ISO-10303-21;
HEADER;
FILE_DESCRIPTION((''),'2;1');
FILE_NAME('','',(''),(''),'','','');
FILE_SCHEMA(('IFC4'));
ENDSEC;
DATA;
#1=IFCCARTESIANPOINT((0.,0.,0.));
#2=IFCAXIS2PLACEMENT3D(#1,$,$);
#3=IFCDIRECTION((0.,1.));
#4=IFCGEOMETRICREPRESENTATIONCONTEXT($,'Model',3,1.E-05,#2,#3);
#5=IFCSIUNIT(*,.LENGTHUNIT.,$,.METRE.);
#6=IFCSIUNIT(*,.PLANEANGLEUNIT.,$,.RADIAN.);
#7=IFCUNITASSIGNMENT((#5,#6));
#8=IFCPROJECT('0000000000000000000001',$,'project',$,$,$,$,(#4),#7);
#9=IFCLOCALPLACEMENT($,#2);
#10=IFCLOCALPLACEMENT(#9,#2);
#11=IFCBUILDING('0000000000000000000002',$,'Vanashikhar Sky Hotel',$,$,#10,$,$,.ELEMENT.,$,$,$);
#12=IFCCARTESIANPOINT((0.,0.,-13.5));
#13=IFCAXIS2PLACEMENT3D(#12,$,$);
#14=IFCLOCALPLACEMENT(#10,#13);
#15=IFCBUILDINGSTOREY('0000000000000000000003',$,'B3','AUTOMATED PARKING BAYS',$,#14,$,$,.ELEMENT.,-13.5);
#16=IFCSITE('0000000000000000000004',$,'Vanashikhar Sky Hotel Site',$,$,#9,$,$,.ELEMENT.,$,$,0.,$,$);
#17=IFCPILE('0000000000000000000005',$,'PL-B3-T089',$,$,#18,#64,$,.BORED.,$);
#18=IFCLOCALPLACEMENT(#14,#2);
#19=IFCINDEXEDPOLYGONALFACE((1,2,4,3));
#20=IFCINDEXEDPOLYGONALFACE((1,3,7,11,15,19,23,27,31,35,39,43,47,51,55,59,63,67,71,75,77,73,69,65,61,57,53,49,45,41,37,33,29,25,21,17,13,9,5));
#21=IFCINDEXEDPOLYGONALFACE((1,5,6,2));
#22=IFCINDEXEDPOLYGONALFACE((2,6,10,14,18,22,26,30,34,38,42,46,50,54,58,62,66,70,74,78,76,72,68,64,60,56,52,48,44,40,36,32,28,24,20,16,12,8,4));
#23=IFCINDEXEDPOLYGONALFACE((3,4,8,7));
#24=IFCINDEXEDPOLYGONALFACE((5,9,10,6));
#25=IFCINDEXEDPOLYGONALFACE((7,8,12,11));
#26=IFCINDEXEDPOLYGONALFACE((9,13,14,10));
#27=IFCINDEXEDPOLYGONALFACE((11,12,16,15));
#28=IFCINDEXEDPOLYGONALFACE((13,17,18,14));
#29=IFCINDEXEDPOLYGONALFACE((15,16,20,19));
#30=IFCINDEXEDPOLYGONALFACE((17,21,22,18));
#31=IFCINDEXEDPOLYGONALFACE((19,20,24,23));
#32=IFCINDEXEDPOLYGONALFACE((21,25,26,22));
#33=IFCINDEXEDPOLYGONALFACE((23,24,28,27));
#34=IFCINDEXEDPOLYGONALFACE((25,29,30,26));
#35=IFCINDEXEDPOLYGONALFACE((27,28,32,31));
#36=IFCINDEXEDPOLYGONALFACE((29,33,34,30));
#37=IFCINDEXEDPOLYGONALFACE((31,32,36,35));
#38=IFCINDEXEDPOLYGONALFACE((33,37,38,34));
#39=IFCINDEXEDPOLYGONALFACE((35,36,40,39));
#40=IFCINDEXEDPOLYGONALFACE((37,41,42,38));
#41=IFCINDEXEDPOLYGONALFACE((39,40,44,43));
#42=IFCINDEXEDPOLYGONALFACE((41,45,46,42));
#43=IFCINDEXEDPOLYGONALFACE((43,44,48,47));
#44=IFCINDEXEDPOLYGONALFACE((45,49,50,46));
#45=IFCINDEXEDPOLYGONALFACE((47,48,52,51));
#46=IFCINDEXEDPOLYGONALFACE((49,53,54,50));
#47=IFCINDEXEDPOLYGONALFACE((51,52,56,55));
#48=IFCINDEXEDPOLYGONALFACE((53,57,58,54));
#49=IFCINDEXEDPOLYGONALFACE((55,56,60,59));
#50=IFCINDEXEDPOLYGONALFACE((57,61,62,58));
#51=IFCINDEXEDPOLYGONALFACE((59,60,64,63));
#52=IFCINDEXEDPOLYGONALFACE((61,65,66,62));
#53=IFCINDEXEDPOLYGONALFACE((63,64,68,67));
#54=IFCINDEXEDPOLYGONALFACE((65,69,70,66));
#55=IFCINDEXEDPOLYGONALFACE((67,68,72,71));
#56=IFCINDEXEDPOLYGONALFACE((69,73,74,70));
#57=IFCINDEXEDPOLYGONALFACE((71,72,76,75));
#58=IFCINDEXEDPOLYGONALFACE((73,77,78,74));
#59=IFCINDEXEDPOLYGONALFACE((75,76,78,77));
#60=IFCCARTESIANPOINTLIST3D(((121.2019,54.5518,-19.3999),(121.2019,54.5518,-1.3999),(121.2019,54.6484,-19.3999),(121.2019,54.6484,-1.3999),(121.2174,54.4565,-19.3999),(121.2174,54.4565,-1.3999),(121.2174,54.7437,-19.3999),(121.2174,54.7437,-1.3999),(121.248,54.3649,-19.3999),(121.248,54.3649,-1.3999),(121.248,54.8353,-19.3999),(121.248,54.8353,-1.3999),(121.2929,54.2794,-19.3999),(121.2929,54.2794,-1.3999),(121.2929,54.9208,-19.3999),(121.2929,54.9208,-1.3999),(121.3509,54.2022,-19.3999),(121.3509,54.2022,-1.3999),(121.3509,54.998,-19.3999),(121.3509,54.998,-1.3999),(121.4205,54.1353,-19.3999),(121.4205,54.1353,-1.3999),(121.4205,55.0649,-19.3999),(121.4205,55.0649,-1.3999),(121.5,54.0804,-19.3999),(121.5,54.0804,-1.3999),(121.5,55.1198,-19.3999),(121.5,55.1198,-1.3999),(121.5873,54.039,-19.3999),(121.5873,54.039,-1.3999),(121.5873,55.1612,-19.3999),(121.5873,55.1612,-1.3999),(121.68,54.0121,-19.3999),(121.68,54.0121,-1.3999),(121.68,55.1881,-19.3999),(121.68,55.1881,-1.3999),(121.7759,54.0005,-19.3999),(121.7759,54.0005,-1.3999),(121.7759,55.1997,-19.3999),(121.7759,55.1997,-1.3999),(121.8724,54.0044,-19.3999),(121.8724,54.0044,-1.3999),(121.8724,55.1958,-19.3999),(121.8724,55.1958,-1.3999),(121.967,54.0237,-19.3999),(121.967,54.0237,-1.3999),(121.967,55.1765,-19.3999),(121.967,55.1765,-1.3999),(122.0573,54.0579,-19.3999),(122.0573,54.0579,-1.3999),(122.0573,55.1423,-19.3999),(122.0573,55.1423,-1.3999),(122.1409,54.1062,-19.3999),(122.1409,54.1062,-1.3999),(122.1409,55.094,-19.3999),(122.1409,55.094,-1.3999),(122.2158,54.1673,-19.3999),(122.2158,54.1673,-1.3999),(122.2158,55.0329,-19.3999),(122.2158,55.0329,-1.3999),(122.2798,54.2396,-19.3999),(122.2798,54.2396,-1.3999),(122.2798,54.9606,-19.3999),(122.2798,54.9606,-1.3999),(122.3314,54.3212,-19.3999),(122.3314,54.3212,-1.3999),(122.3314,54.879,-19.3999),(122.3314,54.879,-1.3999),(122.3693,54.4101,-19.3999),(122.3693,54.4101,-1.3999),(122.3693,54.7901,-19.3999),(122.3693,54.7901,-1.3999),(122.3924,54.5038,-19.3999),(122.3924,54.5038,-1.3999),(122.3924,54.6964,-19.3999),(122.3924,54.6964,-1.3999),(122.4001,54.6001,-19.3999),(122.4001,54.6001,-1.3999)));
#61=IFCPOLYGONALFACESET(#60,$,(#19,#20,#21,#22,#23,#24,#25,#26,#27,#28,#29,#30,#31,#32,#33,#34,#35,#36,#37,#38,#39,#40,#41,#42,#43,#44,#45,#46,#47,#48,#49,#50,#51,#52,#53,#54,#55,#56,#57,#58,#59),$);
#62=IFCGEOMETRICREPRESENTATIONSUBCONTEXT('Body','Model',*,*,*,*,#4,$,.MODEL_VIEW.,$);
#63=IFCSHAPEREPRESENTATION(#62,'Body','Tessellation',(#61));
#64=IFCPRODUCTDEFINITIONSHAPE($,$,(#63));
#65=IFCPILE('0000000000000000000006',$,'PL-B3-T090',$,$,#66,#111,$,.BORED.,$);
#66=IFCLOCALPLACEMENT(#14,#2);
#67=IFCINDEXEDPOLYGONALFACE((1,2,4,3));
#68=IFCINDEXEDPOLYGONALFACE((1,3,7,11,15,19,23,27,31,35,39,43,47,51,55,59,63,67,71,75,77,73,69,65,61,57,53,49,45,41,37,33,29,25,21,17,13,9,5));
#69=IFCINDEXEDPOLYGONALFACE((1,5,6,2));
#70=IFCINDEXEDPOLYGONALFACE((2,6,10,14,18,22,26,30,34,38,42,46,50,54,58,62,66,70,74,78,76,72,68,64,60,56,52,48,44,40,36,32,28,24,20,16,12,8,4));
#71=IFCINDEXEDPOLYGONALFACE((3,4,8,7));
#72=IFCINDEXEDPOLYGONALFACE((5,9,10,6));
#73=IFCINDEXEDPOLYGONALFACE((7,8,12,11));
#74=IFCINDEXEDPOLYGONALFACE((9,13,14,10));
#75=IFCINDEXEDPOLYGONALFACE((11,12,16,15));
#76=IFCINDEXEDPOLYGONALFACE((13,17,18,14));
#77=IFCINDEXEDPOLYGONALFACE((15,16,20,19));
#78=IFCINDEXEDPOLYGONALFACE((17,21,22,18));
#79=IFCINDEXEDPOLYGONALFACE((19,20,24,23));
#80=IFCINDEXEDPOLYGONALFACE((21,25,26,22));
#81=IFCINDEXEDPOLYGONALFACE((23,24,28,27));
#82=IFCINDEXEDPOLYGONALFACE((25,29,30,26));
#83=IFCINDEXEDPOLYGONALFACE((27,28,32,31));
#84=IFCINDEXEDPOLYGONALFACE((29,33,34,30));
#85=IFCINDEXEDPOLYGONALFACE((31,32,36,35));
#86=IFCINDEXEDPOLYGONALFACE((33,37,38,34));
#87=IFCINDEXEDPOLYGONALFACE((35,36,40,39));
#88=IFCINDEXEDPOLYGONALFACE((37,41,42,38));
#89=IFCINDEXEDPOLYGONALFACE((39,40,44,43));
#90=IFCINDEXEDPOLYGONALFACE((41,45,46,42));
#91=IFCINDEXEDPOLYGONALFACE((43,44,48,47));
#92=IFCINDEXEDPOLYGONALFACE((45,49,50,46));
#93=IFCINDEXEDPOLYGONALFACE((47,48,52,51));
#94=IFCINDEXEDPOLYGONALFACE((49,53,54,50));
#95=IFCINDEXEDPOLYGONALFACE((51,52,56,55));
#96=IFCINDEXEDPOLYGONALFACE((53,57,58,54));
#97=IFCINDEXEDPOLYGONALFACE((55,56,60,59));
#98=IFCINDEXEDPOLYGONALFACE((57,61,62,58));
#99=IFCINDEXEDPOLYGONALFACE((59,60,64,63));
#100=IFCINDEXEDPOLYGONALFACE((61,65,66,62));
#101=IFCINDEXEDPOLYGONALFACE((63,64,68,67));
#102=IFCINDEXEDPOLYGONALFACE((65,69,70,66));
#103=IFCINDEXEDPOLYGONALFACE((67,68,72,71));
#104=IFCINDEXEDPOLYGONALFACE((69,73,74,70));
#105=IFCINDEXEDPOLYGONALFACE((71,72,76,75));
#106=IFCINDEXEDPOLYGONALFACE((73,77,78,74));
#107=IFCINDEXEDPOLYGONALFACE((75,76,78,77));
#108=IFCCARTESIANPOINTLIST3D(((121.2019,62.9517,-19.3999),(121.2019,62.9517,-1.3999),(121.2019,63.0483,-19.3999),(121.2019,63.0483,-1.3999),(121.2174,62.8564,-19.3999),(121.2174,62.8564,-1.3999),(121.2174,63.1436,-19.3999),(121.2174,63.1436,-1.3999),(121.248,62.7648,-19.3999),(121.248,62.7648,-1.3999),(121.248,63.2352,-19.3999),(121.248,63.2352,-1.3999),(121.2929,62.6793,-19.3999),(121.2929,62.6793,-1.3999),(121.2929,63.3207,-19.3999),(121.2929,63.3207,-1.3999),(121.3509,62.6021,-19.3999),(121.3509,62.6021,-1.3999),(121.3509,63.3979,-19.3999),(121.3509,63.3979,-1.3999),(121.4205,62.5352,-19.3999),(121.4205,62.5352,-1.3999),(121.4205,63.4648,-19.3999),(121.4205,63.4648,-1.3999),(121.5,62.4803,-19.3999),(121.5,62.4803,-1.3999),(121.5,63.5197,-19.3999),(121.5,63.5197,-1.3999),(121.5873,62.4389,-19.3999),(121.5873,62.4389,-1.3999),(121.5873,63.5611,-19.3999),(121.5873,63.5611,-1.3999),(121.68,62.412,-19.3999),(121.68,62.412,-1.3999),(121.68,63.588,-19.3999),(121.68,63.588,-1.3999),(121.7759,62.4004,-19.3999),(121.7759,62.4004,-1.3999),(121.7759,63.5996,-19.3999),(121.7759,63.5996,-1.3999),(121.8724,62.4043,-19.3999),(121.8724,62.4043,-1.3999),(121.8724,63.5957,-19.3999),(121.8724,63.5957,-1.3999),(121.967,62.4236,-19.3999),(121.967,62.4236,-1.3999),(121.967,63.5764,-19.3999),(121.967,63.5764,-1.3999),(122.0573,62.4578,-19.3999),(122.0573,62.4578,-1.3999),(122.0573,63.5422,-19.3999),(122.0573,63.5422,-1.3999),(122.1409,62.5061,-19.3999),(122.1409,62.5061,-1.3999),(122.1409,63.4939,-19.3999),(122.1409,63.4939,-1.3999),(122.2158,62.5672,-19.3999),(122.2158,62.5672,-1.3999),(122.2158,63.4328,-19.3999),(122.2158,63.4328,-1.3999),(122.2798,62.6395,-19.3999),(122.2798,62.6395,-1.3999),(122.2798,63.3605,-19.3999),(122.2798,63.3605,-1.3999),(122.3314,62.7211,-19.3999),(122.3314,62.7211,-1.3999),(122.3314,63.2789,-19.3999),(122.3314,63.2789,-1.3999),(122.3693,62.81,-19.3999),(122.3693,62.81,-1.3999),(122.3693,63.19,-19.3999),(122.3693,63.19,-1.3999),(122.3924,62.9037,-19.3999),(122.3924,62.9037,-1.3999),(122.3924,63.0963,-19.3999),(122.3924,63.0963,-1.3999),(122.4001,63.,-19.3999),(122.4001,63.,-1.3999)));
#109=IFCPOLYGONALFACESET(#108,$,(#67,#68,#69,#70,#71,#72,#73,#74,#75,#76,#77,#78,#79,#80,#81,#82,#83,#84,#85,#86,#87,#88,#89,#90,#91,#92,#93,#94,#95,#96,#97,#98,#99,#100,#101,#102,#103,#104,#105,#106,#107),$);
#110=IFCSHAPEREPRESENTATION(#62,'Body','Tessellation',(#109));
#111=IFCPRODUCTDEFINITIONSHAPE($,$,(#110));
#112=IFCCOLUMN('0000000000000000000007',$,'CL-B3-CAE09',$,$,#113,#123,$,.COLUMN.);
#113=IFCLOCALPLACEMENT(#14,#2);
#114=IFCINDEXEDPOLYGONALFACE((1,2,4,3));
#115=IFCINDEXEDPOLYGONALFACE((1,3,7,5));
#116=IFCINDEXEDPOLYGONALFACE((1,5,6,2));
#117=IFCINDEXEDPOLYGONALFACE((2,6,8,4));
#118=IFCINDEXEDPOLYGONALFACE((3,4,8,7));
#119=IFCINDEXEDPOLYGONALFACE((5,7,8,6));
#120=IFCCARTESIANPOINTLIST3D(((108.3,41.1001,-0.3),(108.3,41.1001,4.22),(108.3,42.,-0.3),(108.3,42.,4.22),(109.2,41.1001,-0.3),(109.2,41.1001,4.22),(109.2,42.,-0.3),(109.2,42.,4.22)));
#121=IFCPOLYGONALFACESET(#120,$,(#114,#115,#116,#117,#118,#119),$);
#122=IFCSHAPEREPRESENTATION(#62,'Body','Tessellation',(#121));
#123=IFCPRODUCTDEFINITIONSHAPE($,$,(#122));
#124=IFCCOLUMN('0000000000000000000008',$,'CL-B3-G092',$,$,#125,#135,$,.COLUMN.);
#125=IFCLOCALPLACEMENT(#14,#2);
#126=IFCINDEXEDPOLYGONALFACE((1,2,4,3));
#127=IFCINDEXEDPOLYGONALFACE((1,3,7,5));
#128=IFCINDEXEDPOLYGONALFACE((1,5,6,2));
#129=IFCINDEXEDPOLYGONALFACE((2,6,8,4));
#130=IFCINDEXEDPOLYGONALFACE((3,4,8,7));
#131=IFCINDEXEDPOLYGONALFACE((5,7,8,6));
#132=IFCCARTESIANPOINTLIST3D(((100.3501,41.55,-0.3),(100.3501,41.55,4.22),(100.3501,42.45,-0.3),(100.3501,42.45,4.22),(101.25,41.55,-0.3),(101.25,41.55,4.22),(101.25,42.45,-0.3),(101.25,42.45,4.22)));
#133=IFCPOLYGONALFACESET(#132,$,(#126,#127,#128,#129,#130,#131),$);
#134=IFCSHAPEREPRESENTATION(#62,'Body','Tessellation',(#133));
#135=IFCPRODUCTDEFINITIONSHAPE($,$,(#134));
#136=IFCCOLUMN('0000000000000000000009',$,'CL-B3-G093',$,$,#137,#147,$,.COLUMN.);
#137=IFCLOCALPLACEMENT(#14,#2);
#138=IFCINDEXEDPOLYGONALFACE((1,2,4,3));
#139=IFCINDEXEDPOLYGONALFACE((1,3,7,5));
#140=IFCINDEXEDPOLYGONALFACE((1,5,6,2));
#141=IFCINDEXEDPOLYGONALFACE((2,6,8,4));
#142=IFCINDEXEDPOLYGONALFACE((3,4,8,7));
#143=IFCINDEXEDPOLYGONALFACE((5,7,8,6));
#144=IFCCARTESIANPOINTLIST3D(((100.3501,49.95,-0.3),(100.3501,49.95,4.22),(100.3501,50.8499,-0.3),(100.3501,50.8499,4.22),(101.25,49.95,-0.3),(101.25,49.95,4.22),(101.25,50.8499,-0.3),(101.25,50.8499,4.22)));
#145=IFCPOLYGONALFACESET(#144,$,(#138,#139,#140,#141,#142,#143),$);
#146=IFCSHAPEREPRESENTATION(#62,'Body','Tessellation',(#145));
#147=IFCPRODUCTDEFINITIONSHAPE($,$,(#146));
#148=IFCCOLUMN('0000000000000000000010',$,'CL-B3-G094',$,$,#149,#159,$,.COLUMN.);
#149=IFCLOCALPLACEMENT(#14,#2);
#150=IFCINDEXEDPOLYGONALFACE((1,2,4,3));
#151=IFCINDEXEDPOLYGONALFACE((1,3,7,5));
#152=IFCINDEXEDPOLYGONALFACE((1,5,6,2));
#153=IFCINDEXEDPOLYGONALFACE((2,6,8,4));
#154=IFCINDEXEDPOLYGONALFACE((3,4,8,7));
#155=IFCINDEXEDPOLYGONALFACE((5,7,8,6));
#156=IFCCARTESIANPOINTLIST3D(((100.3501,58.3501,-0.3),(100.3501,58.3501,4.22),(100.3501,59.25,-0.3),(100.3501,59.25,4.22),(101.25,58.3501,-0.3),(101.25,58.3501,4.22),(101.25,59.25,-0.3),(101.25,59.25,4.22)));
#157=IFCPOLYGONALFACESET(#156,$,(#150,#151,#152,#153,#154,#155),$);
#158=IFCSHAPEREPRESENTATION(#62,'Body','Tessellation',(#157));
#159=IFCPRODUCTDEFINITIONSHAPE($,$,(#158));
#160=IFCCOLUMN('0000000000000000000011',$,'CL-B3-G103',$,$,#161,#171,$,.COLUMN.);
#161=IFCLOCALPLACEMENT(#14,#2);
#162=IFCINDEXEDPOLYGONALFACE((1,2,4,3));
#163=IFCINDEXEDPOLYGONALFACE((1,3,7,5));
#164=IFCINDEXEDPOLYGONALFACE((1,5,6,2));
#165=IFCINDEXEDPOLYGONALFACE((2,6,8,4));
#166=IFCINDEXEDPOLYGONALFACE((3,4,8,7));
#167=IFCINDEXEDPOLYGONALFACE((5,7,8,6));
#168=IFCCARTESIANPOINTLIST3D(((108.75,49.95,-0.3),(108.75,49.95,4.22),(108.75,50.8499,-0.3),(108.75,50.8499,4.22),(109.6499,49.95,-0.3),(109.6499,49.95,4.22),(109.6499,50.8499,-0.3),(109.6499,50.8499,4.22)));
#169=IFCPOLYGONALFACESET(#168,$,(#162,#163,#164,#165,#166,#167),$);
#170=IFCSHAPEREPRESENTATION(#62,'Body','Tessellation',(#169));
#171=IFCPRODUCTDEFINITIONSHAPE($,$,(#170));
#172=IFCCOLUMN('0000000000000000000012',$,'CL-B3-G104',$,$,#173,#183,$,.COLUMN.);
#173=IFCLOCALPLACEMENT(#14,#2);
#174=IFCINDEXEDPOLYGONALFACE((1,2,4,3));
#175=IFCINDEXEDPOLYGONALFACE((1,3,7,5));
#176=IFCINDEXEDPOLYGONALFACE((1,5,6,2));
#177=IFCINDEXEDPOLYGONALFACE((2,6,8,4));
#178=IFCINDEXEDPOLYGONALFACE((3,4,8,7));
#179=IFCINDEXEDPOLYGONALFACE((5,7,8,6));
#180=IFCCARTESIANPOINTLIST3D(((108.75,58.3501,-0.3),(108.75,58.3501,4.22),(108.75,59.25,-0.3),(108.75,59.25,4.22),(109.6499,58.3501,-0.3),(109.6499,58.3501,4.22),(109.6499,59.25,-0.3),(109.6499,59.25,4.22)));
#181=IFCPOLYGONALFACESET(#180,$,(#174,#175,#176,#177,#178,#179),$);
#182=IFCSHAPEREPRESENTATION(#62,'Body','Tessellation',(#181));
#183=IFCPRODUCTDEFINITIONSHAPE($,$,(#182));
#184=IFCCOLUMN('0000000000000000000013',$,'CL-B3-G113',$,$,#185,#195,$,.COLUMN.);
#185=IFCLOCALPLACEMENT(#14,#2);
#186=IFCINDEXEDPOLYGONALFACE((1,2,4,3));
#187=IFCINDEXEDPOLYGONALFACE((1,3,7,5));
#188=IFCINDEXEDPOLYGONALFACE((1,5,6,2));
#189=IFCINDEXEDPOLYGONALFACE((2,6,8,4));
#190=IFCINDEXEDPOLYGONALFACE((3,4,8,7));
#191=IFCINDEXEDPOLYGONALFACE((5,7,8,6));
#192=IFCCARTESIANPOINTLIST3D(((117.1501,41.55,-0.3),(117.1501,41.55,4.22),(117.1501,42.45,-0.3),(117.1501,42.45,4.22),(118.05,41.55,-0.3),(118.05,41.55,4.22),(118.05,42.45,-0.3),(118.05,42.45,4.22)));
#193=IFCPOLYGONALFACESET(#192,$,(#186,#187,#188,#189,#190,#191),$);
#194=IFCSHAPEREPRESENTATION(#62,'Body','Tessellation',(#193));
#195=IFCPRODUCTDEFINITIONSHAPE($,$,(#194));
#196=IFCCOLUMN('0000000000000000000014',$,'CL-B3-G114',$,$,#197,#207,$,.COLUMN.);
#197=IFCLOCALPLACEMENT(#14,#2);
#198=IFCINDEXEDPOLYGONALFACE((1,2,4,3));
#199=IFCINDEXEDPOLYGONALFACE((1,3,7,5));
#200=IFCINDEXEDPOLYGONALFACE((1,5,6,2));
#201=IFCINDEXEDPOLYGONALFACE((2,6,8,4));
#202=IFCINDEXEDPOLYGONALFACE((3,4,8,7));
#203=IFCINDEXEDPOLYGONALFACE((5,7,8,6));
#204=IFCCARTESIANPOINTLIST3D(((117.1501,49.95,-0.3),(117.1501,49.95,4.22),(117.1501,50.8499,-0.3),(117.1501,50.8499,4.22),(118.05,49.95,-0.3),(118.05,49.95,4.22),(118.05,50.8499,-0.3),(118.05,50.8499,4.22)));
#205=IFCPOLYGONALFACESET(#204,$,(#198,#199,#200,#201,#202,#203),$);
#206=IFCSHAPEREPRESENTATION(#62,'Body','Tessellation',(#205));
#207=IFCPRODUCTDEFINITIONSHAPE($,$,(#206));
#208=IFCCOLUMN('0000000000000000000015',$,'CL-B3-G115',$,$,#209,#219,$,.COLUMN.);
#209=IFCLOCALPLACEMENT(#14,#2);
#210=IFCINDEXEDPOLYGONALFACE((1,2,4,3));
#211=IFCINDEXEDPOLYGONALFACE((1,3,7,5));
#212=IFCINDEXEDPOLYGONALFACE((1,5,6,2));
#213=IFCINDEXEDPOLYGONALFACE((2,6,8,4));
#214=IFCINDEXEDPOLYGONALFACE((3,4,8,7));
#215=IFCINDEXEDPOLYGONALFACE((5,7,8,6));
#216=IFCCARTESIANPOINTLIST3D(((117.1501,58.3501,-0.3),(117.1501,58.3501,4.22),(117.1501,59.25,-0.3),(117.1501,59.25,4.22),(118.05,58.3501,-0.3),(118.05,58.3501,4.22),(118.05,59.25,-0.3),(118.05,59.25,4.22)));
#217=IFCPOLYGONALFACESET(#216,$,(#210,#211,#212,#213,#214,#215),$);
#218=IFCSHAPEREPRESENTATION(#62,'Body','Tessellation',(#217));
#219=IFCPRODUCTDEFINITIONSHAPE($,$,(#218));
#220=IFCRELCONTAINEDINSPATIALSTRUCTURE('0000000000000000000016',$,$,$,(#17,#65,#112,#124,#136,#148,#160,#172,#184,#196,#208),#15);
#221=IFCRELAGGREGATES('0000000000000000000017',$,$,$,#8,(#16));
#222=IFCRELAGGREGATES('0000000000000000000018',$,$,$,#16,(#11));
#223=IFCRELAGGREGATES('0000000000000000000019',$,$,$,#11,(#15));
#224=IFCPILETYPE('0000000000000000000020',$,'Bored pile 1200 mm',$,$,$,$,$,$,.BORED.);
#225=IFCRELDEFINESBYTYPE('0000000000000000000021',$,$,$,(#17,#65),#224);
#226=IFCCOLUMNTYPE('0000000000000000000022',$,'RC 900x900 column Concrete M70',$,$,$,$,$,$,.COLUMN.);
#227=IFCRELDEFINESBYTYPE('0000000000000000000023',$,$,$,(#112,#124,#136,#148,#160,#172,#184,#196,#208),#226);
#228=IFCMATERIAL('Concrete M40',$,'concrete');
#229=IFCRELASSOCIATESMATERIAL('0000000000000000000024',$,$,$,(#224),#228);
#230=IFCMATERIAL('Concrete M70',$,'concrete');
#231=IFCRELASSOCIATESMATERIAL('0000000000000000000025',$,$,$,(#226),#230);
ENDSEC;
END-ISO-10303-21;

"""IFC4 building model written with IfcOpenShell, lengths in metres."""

from ifc_helpers import new_model, si_unit, direction, frame, origin, origin_2d, place, context, subcontext, project, spatial, rectangle, circle, extrude, source, transform, mapped, material, material_profile, profile_set, type_object, element, save


model = new_model("IFC4")

# Units and contexts
model_context = context("Model", 3, precision=1e-05, world=origin(), true_north=direction((0.0, 1.0)))
body_context = subcontext(model_context, "Body", "Model", "MODEL_VIEW")
ifc_project = project(units=[si_unit("LENGTHUNIT", "METRE"), si_unit("PLANEANGLEUNIT", "RADIAN")], contexts=[model_context])

# Site, building, storey
site_placement = place(None, origin())
site = spatial("IfcSite", under=ifc_project, at=site_placement, Name="Vanashikhar Sky Hotel Site", CompositionType="ELEMENT", RefElevation=0.0)
building_placement = place(site_placement, origin())
building = spatial("IfcBuilding", under=site, at=building_placement, Name="Vanashikhar Sky Hotel", CompositionType="ELEMENT")
storey_placement = place(building_placement, frame((0.0, 0.0, -13.5)))
storey = spatial("IfcBuildingStorey", under=building, at=storey_placement, Name="B3", Description="AUTOMATED PARKING BAYS", CompositionType="ELEMENT", Elevation=-13.5)

# Piles
ifc_material_1 = material(Name="Concrete M40", Category="concrete")
pile_type_1 = type_object("IfcPileType", Name="Bored pile 1200 mm", PredefinedType="BORED", material=ifc_material_1)
shared_shape_1 = source(origin(), body_context, "Body", "SweptSolid", [
    extrude(circle(Radius=0.6001, at=origin_2d()), origin(), (0.0, 0.0, 1.0), 18.0),
])
for number, where, z_axis, x_axis, name in (
    (1, (121.8, 54.6001, -1.3999), (0.0, 0.0, -1.0), (1.0, 0.0, 0.0), "PL-B3-T089"),
    (2, (121.8, 63.0, -1.3999), (0.0, 0.0, -1.0), (1.0, 0.0, 0.0), "PL-B3-T090"),
):
    element("IfcPile", number, at=place(storey_placement, frame(where, z_axis=z_axis, x_axis=x_axis)), inside=storey, type_object=pile_type_1, Name=name, PredefinedType="BORED", context=body_context, shape_type="MappedRepresentation", body=[
        mapped(shared_shape_1, transform((0.0, 0.0, 0.0), scale=1.0)),
    ])

# Columns
ifc_material_2 = material(Name="Concrete M70", Category="concrete")
ifc_material_profile = material_profile(ifc_material_2, rectangle(XDim=0.8999, YDim=0.8999, at=origin_2d()))
ifc_profile_set = profile_set([ifc_material_profile], Name="RC 900x900 column Concrete M70")
column_type = type_object("IfcColumnType", Name="RC 900x900 column Concrete M70", PredefinedType="COLUMN", material=ifc_profile_set)
shared_shape_2 = source(origin(), body_context, "Body", "SweptSolid", [
    extrude(rectangle(XDim=0.8999, YDim=0.8999, at=origin_2d()), origin(), (0.0, 0.0, 1.0), 4.52),
])
for number, where, z_axis, x_axis, name in (
    (3, (108.75, 41.55, -0.3), (0.0, 0.0, 1.0), (1.0, 0.0, 0.0), "CL-B3-CAE09"),
    (4, (100.8, 42.0, -0.3), (0.0, 0.0, 1.0), (1.0, 0.0, 0.0), "CL-B3-G092"),
    (5, (100.8, 50.3999, -0.3), (0.0, 0.0, 1.0), (1.0, 0.0, 0.0), "CL-B3-G093"),
    (6, (100.8, 58.8, -0.3), (0.0, 0.0, 1.0), (1.0, 0.0, 0.0), "CL-B3-G094"),
    (7, (109.2, 50.3999, -0.3), (0.0, 0.0, 1.0), (1.0, 0.0, 0.0), "CL-B3-G103"),
    (8, (109.2, 58.8, -0.3), (0.0, 0.0, 1.0), (1.0, 0.0, 0.0), "CL-B3-G104"),
    (9, (117.6001, 42.0, -0.3), (0.0, 0.0, 1.0), (1.0, 0.0, 0.0), "CL-B3-G113"),
    (10, (117.6001, 50.3999, -0.3), (0.0, 0.0, 1.0), (1.0, 0.0, 0.0), "CL-B3-G114"),
    (11, (117.6001, 58.8, -0.3), (0.0, 0.0, 1.0), (1.0, 0.0, 0.0), "CL-B3-G115"),
):
    element("IfcColumn", number, at=place(storey_placement, frame(where, z_axis=z_axis, x_axis=x_axis)), inside=storey, type_object=column_type, Name=name, PredefinedType="COLUMN", context=body_context, shape_type="MappedRepresentation", body=[
        mapped(shared_shape_2, transform((0.0, 0.0, 0.0), scale=1.0)),
    ])

save(model, "model.ifc")
